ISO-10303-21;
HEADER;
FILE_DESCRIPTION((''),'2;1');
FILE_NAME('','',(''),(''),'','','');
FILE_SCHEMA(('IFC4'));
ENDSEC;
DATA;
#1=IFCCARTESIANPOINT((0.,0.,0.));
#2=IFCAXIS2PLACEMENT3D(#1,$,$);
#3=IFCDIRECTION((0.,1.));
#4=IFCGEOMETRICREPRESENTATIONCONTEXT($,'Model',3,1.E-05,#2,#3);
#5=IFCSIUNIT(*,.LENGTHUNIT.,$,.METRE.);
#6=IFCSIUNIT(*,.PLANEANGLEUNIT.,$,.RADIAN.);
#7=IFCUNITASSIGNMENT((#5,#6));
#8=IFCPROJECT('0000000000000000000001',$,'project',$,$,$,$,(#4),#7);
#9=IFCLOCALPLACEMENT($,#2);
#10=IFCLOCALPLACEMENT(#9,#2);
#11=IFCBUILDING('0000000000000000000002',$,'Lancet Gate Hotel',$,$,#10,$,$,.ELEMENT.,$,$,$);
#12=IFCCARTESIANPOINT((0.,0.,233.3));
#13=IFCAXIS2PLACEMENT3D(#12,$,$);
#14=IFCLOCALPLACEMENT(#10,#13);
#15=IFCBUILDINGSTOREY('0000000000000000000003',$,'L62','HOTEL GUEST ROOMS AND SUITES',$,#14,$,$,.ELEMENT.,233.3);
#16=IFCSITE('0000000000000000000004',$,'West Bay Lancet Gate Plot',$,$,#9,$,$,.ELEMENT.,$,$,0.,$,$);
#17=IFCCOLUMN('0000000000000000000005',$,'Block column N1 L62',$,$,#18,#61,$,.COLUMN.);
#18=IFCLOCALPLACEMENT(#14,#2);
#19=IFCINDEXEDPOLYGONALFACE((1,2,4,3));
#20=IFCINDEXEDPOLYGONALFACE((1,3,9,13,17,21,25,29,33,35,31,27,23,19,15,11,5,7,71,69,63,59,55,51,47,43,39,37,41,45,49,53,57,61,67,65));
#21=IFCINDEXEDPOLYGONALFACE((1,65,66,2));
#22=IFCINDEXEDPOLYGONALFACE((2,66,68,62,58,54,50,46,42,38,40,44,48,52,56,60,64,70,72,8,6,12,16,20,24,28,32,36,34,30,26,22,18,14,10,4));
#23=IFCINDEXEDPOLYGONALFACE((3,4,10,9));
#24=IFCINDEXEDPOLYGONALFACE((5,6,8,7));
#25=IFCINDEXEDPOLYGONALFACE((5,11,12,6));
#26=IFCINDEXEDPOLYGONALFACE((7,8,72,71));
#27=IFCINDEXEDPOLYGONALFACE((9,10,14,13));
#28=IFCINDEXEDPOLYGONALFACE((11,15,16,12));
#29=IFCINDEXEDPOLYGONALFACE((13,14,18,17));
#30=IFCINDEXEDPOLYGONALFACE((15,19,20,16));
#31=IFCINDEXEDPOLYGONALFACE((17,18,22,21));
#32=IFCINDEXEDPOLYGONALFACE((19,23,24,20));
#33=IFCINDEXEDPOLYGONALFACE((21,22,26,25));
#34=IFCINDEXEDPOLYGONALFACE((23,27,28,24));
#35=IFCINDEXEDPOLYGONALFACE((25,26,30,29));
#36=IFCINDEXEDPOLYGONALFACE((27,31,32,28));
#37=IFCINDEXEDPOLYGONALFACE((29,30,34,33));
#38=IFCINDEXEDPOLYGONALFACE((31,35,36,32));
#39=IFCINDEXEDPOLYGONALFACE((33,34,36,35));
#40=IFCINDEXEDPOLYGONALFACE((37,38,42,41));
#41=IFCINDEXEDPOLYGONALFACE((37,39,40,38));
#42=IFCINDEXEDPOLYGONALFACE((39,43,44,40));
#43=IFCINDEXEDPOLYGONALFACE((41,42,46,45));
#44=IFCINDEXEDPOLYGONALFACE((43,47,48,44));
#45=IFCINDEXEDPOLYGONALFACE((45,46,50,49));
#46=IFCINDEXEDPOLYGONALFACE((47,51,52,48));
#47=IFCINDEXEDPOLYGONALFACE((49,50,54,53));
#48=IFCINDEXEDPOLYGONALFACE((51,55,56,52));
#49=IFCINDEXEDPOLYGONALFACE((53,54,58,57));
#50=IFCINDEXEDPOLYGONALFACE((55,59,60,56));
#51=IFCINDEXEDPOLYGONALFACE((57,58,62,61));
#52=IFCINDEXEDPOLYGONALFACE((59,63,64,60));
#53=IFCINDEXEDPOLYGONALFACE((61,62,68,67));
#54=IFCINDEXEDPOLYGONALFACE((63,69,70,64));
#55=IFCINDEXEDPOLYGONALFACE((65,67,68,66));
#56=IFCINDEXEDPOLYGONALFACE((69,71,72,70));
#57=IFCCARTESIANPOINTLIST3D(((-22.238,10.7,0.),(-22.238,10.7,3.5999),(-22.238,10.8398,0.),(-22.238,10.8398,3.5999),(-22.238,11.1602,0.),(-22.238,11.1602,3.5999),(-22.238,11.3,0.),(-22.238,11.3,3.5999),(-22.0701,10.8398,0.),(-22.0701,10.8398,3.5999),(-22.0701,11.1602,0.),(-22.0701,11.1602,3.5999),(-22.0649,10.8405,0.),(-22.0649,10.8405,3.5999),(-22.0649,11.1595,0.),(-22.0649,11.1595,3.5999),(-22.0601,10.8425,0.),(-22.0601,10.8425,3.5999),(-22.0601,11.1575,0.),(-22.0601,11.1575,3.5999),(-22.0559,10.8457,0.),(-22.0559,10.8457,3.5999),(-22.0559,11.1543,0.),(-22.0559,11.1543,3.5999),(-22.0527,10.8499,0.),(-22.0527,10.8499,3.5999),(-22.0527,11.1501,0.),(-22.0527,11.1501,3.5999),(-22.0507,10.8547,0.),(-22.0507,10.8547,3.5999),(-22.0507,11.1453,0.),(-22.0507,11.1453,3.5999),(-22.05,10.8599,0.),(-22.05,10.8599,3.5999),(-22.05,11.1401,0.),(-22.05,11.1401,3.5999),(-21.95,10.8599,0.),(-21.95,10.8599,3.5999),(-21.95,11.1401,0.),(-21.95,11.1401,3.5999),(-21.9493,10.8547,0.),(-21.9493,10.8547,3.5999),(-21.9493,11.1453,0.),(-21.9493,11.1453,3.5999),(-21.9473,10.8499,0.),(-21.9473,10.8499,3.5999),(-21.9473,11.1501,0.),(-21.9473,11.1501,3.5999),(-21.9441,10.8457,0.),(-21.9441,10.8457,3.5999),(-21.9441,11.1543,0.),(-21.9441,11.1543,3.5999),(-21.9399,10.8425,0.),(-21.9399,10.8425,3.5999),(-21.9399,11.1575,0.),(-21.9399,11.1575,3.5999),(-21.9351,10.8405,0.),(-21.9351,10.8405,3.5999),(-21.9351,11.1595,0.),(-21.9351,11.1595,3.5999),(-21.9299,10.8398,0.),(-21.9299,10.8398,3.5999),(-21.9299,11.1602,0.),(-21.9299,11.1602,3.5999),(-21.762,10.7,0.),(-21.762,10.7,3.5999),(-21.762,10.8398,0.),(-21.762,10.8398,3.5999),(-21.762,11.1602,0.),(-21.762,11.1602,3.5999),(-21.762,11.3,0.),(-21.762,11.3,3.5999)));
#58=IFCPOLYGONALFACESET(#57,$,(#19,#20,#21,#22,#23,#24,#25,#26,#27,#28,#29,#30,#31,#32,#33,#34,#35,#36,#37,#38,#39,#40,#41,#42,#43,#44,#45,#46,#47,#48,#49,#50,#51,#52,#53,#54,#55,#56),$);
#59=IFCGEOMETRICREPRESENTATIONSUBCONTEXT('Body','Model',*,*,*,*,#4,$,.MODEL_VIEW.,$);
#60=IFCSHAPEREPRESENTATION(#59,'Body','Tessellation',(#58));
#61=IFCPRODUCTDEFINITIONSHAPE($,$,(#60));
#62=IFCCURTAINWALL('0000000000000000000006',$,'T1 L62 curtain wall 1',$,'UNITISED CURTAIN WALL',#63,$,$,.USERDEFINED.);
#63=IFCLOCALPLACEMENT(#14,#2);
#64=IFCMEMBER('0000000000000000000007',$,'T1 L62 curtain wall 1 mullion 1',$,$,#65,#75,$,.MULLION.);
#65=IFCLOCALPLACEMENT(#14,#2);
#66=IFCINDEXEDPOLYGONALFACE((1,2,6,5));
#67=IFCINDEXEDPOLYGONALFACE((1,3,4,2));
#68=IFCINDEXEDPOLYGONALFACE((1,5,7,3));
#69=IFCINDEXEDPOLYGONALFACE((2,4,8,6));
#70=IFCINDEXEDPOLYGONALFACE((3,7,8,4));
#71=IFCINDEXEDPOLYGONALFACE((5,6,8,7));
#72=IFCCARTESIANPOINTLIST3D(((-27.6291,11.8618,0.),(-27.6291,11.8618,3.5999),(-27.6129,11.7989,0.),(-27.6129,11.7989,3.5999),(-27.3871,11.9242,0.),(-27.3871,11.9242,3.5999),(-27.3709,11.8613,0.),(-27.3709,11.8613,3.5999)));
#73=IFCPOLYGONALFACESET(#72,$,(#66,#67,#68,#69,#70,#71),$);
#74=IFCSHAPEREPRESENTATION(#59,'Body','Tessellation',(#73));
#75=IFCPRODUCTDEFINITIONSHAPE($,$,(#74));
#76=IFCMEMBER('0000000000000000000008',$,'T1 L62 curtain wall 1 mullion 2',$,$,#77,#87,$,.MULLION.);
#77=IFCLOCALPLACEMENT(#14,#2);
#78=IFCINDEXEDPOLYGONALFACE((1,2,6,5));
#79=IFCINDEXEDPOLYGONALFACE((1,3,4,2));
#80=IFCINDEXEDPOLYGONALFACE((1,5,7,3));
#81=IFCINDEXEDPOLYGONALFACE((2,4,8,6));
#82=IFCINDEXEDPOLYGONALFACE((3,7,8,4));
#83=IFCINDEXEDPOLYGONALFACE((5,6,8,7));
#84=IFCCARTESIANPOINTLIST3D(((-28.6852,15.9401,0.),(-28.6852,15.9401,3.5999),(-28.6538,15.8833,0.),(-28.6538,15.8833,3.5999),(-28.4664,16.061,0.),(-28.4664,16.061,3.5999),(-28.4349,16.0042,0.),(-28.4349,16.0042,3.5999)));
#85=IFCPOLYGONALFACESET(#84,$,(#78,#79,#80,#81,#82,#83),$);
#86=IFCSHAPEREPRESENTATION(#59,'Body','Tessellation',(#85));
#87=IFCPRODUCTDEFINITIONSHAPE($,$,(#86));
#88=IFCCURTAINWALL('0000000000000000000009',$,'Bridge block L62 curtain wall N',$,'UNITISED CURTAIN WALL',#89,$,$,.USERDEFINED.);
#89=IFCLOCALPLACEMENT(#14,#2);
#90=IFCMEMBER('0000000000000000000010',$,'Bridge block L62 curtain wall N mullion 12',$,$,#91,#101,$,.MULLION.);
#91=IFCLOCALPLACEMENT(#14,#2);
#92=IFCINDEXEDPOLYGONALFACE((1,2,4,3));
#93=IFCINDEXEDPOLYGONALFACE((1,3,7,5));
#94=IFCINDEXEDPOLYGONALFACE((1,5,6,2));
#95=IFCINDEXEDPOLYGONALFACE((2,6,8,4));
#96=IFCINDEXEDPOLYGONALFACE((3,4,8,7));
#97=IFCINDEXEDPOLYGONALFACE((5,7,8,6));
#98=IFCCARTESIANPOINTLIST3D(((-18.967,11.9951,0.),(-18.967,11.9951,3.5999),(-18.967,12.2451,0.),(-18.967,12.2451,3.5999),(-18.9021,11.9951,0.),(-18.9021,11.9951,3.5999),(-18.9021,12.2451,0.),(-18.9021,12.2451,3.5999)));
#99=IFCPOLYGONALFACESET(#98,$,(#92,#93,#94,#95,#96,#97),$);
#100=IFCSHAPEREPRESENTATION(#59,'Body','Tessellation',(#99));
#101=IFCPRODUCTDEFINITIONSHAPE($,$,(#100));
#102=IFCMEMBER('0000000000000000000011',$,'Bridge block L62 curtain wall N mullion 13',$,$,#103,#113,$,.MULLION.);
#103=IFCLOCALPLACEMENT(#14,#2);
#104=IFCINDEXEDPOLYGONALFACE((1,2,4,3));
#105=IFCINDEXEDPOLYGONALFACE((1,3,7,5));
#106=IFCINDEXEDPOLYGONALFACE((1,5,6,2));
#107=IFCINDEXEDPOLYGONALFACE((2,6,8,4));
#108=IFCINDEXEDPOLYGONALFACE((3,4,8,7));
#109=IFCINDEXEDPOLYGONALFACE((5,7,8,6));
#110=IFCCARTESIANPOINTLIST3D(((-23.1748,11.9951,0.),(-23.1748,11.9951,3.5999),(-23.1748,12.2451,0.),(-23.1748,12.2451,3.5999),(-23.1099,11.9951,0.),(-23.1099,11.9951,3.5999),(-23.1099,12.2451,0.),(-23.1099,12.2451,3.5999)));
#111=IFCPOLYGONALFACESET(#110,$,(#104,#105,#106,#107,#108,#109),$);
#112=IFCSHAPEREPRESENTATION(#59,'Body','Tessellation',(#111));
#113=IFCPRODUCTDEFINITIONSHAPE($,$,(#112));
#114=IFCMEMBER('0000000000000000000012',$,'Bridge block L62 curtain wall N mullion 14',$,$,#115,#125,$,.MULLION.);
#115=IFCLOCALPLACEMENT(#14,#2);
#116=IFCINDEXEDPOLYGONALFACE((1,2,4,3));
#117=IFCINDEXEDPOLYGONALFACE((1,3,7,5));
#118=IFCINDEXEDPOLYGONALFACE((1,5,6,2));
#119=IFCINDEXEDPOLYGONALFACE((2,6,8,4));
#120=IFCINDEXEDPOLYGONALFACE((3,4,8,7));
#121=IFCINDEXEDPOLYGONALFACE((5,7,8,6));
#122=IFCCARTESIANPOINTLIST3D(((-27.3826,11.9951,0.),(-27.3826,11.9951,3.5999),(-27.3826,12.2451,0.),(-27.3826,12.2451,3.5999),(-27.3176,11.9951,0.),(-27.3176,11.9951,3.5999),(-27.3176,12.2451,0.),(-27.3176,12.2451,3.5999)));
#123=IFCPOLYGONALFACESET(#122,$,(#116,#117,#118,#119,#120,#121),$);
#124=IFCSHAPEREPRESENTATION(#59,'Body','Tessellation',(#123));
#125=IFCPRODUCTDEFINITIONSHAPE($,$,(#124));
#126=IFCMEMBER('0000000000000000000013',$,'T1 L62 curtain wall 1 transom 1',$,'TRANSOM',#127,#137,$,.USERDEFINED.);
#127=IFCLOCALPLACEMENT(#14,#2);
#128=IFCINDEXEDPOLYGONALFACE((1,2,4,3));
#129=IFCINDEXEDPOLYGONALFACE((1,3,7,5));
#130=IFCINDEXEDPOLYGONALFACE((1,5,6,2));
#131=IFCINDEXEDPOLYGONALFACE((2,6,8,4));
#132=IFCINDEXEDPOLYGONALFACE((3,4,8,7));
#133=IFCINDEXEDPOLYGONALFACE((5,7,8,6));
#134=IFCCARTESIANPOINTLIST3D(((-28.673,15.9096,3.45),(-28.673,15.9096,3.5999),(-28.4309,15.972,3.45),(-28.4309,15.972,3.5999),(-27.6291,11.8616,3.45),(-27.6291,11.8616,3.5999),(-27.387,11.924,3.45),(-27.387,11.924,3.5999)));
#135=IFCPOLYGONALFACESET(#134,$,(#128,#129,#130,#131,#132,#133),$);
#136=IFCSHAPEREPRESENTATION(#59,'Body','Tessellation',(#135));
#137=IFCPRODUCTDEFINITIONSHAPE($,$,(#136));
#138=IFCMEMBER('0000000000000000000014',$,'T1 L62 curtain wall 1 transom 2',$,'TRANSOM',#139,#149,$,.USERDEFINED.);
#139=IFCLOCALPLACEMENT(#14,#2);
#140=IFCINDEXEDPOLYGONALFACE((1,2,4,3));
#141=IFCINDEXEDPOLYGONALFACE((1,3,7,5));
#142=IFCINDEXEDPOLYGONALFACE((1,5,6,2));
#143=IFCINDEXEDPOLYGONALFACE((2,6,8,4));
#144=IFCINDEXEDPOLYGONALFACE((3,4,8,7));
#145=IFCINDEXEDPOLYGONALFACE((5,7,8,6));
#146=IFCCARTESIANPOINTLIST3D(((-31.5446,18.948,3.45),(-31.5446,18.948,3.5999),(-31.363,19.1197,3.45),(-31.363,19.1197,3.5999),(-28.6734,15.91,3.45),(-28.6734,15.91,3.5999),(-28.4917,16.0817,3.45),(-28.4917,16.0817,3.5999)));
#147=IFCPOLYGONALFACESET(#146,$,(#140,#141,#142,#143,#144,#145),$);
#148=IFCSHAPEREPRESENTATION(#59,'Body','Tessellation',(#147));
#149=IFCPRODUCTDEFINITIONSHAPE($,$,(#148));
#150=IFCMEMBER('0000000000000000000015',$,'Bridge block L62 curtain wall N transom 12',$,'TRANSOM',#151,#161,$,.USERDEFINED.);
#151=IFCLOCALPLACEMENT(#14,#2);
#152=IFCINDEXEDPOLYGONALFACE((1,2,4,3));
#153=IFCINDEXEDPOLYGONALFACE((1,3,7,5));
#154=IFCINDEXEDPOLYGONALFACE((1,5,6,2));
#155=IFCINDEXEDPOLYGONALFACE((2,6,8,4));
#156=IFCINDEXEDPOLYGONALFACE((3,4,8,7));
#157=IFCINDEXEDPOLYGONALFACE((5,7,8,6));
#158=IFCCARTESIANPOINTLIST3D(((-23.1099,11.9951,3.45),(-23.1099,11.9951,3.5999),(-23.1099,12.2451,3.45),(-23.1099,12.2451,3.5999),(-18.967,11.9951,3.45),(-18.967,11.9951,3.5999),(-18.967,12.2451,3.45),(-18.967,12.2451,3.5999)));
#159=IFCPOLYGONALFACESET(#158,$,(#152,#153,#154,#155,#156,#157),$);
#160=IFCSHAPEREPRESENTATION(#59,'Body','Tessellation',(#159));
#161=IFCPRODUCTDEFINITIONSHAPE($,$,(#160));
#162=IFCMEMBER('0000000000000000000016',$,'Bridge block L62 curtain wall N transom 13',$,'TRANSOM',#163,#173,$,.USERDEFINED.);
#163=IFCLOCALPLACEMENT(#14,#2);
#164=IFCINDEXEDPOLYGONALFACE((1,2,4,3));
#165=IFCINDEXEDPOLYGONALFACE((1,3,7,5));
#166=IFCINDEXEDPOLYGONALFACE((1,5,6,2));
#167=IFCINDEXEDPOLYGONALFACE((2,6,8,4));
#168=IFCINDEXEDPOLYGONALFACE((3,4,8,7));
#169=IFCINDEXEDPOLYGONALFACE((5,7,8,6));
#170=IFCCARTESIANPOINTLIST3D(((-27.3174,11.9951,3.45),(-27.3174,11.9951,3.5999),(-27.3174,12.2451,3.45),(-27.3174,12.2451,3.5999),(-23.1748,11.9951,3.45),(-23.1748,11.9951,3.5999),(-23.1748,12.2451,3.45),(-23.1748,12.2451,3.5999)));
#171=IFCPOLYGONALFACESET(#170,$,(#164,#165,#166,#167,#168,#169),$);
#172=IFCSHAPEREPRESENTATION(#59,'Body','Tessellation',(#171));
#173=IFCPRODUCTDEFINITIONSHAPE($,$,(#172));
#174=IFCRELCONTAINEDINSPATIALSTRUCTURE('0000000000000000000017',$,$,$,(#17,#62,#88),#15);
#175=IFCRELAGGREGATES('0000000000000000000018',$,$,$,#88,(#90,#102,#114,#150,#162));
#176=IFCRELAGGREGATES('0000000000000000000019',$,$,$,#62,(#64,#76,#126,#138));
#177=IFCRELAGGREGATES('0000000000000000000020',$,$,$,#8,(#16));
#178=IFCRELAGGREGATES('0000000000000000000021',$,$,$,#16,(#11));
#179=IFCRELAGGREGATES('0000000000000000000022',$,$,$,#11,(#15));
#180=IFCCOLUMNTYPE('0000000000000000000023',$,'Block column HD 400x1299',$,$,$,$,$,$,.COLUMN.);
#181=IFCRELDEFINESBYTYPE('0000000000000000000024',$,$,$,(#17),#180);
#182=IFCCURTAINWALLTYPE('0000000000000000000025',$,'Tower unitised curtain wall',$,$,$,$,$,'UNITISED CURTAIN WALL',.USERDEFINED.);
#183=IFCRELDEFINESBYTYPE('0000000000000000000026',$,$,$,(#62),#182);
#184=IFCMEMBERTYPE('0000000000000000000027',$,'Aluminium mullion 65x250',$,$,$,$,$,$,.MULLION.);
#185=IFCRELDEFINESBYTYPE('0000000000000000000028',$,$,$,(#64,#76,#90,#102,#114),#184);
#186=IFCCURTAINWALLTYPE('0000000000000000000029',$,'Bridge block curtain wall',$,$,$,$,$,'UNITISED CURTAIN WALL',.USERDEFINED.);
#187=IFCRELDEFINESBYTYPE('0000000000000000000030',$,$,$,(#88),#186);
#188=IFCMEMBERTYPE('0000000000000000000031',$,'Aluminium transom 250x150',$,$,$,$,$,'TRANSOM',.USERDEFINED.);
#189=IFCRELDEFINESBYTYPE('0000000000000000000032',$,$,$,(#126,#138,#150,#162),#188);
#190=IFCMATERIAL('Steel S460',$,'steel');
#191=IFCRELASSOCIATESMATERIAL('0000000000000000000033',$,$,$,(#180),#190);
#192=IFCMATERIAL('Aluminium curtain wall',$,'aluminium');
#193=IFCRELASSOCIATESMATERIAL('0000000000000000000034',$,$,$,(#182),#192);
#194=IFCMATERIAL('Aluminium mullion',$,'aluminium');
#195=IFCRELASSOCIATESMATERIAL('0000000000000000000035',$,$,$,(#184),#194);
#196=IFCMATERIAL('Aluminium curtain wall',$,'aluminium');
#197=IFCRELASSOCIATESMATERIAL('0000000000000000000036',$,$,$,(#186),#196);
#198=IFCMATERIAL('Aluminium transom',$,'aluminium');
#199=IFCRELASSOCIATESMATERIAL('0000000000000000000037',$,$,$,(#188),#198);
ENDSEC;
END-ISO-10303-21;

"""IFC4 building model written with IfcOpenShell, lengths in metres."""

from ifc_helpers import new_model, si_unit, direction, frame, origin, origin_2d, place, context, subcontext, project, spatial, rectangle, i_section, extrude, material, material_profile, profile_set, type_object, element, aggregate, save


model = new_model("IFC4")

# Units and contexts
model_context = context("Model", 3, precision=1e-05, world=origin(), true_north=direction((0.0, 1.0)))
body_context = subcontext(model_context, "Body", "Model", "MODEL_VIEW")
ifc_project = project(units=[si_unit("LENGTHUNIT", "METRE"), si_unit("PLANEANGLEUNIT", "RADIAN")], contexts=[model_context])

# Site, building, storey
site_placement = place(None, origin())
site = spatial("IfcSite", under=ifc_project, at=site_placement, Name="West Bay Lancet Gate Plot", CompositionType="ELEMENT", RefElevation=0.0)
building_placement = place(site_placement, origin())
building = spatial("IfcBuilding", under=site, at=building_placement, Name="Lancet Gate Hotel", CompositionType="ELEMENT")
storey_placement = place(building_placement, frame((0.0, 0.0, 233.3)))
storey = spatial("IfcBuildingStorey", under=building, at=storey_placement, Name="L62", Description="HOTEL GUEST ROOMS AND SUITES", CompositionType="ELEMENT", Elevation=233.3)

# Column
ifc_material_1 = material(Name="Steel S460", Category="steel")
ifc_material_profile_1 = material_profile(ifc_material_1, i_section(OverallWidth=0.4761, OverallDepth=0.6001, WebThickness=0.1001, FlangeThickness=0.1399, FilletRadius=0.02, at=origin_2d()), Name="HD 400x1299")
ifc_profile_set_1 = profile_set([ifc_material_profile_1], Name="Steel S460")
column_type = type_object("IfcColumnType", Name="Block column HD 400x1299", PredefinedType="COLUMN", material=ifc_profile_set_1)
column_placement = place(storey_placement, frame((-22.0, 11.0, 0.0), z_axis=(0.0, 0.0, 1.0), x_axis=(1.0, 0.0, 0.0)))
element("IfcColumn", 1, at=column_placement, inside=storey, type_object=column_type, Name="Block column N1 L62", PredefinedType="COLUMN", context=body_context, shape_type="SweptSolid", body=[
    extrude(i_section(OverallWidth=0.4761, OverallDepth=0.6001, WebThickness=0.1001, FlangeThickness=0.1399, FilletRadius=0.02, at=origin_2d()), origin(), (0.0, 0.0, 1.0), 3.5999),
])

# Curtain walls, members
ifc_material_2 = material(Name="Aluminium curtain wall", Category="aluminium")
curtain_wall_type_1 = type_object("IfcCurtainWallType", Name="Tower unitised curtain wall", ElementType="UNITISED CURTAIN WALL", PredefinedType="USERDEFINED", material=ifc_material_2)
curtain_wall_1_placement = place(storey_placement, origin())
curtain_wall_1 = element("IfcCurtainWall", 2, at=curtain_wall_1_placement, inside=storey, type_object=curtain_wall_type_1, Name="T1 L62 curtain wall 1", ObjectType="UNITISED CURTAIN WALL", PredefinedType="USERDEFINED")
ifc_material_3 = material(Name="Aluminium mullion", Category="aluminium")
ifc_material_profile_2 = material_profile(ifc_material_3, rectangle(XDim=0.0649, YDim=0.25, at=origin_2d()), Name="MULLION 65x250")
ifc_profile_set_2 = profile_set([ifc_material_profile_2], Name="Aluminium mullion")
member_type_1 = type_object("IfcMemberType", Name="Aluminium mullion 65x250", PredefinedType="MULLION", material=ifc_profile_set_2)
member_1_placement = place(storey_placement, frame((-27.5, 11.8616, 0.0), z_axis=(0.0, 0.0, 1.0), x_axis=(-0.249726, 0.968317, 0.0)))
member_1 = element("IfcMember", 3, at=member_1_placement, type_object=member_type_1, Name="T1 L62 curtain wall 1 mullion 1", PredefinedType="MULLION", context=body_context, shape_type="SweptSolid", body=[
    extrude(rectangle(XDim=0.0649, YDim=0.25, at=origin_2d()), origin(), (0.0, 0.0, 1.0), 3.5999),
])
member_2_placement = place(storey_placement, frame((-28.5601, 15.9722, 0.0), z_axis=(0.0, 0.0, 1.0), x_axis=(-0.483627, 0.875274, 0.0)))
member_2 = element("IfcMember", 4, at=member_2_placement, type_object=member_type_1, Name="T1 L62 curtain wall 1 mullion 2", PredefinedType="MULLION", context=body_context, shape_type="SweptSolid", body=[
    extrude(rectangle(XDim=0.0649, YDim=0.25, at=origin_2d()), origin(), (0.0, 0.0, 1.0), 3.5999),
])
ifc_material_4 = material(Name="Aluminium curtain wall", Category="aluminium")
curtain_wall_type_2 = type_object("IfcCurtainWallType", Name="Bridge block curtain wall", ElementType="UNITISED CURTAIN WALL", PredefinedType="USERDEFINED", material=ifc_material_4)
curtain_wall_2_placement = place(storey_placement, origin())
curtain_wall_2 = element("IfcCurtainWall", 5, at=curtain_wall_2_placement, inside=storey, type_object=curtain_wall_type_2, Name="Bridge block L62 curtain wall N", ObjectType="UNITISED CURTAIN WALL", PredefinedType="USERDEFINED")
member_3_placement = place(storey_placement, frame((-18.9346, 12.1201, 0.0), z_axis=(0.0, 0.0, 1.0), x_axis=(-1.0, 0.0, 0.0)))
member_3 = element("IfcMember", 6, at=member_3_placement, type_object=member_type_1, Name="Bridge block L62 curtain wall N mullion 12", PredefinedType="MULLION", context=body_context, shape_type="SweptSolid", body=[
    extrude(rectangle(XDim=0.0649, YDim=0.25, at=origin_2d()), origin(), (0.0, 0.0, 1.0), 3.5999),
])
member_4_placement = place(storey_placement, frame((-23.1423, 12.1201, 0.0), z_axis=(0.0, 0.0, 1.0), x_axis=(-1.0, 0.0, 0.0)))
member_4 = element("IfcMember", 7, at=member_4_placement, type_object=member_type_1, Name="Bridge block L62 curtain wall N mullion 13", PredefinedType="MULLION", context=body_context, shape_type="SweptSolid", body=[
    extrude(rectangle(XDim=0.0649, YDim=0.25, at=origin_2d()), origin(), (0.0, 0.0, 1.0), 3.5999),
])
member_5_placement = place(storey_placement, frame((-27.3501, 12.1201, 0.0), z_axis=(0.0, 0.0, 1.0), x_axis=(-1.0, 0.0, 0.0)))
member_5 = element("IfcMember", 8, at=member_5_placement, type_object=member_type_1, Name="Bridge block L62 curtain wall N mullion 14", PredefinedType="MULLION", context=body_context, shape_type="SweptSolid", body=[
    extrude(rectangle(XDim=0.0649, YDim=0.25, at=origin_2d()), origin(), (0.0, 0.0, 1.0), 3.5999),
])

# Members
ifc_material_5 = material(Name="Aluminium transom", Category="aluminium")
ifc_material_profile_3 = material_profile(ifc_material_5, rectangle(XDim=0.25, YDim=0.1499, at=origin_2d()), Name="TRANSOM 250x150")
ifc_profile_set_3 = profile_set([ifc_material_profile_3], Name="Aluminium transom")
member_type_2 = type_object("IfcMemberType", Name="Aluminium transom 250x150", ElementType="TRANSOM", PredefinedType="USERDEFINED", material=ifc_profile_set_3)
member_6_placement = place(storey_placement, frame((-27.5081, 11.8928, 3.5249), z_axis=(-0.249716, 0.968319, 0.0), x_axis=(-0.968319, -0.249716, 0.0)))
member_6 = element("IfcMember", 9, at=member_6_placement, type_object=member_type_2, Name="T1 L62 curtain wall 1 transom 1", ObjectType="TRANSOM", PredefinedType="USERDEFINED", context=body_context, shape_type="SweptSolid", body=[
    extrude(rectangle(XDim=0.25, YDim=0.1499, at=origin_2d()), origin(), (0.0, 0.0, 1.0), 4.1804),
])
member_7_placement = place(storey_placement, frame((-28.5825, 15.9958, 3.5249), z_axis=(-0.686881, 0.72677, 0.0), x_axis=(-0.72677, -0.686881, 0.0)))
member_7 = element("IfcMember", 10, at=member_7_placement, type_object=member_type_2, Name="T1 L62 curtain wall 1 transom 2", ObjectType="TRANSOM", PredefinedType="USERDEFINED", context=body_context, shape_type="SweptSolid", body=[
    extrude(rectangle(XDim=0.25, YDim=0.1499, at=origin_2d()), origin(), (0.0, 0.0, 1.0), 4.1802),
])
member_8_placement = place(storey_placement, frame((-18.967, 12.1201, 3.5249), z_axis=(-1.0, 0.0, 0.0), x_axis=(0.0, -1.0, 0.0)))
member_8 = element("IfcMember", 11, at=member_8_placement, type_object=member_type_2, Name="Bridge block L62 curtain wall N transom 12", ObjectType="TRANSOM", PredefinedType="USERDEFINED", context=body_context, shape_type="SweptSolid", body=[
    extrude(rectangle(XDim=0.25, YDim=0.1499, at=origin_2d()), origin(), (0.0, 0.0, 1.0), 4.1428),
])
member_9_placement = place(storey_placement, frame((-23.1748, 12.1201, 3.5249), z_axis=(-1.0, 0.0, 0.0), x_axis=(0.0, -1.0, 0.0)))
member_9 = element("IfcMember", 12, at=member_9_placement, type_object=member_type_2, Name="Bridge block L62 curtain wall N transom 13", ObjectType="TRANSOM", PredefinedType="USERDEFINED", context=body_context, shape_type="SweptSolid", body=[
    extrude(rectangle(XDim=0.25, YDim=0.1499, at=origin_2d()), origin(), (0.0, 0.0, 1.0), 4.1426),
])

aggregate(curtain_wall_2, [member_3, member_4, member_5, member_8, member_9])
aggregate(curtain_wall_1, [member_1, member_2, member_6, member_7])

save(model, "model.ifc")
